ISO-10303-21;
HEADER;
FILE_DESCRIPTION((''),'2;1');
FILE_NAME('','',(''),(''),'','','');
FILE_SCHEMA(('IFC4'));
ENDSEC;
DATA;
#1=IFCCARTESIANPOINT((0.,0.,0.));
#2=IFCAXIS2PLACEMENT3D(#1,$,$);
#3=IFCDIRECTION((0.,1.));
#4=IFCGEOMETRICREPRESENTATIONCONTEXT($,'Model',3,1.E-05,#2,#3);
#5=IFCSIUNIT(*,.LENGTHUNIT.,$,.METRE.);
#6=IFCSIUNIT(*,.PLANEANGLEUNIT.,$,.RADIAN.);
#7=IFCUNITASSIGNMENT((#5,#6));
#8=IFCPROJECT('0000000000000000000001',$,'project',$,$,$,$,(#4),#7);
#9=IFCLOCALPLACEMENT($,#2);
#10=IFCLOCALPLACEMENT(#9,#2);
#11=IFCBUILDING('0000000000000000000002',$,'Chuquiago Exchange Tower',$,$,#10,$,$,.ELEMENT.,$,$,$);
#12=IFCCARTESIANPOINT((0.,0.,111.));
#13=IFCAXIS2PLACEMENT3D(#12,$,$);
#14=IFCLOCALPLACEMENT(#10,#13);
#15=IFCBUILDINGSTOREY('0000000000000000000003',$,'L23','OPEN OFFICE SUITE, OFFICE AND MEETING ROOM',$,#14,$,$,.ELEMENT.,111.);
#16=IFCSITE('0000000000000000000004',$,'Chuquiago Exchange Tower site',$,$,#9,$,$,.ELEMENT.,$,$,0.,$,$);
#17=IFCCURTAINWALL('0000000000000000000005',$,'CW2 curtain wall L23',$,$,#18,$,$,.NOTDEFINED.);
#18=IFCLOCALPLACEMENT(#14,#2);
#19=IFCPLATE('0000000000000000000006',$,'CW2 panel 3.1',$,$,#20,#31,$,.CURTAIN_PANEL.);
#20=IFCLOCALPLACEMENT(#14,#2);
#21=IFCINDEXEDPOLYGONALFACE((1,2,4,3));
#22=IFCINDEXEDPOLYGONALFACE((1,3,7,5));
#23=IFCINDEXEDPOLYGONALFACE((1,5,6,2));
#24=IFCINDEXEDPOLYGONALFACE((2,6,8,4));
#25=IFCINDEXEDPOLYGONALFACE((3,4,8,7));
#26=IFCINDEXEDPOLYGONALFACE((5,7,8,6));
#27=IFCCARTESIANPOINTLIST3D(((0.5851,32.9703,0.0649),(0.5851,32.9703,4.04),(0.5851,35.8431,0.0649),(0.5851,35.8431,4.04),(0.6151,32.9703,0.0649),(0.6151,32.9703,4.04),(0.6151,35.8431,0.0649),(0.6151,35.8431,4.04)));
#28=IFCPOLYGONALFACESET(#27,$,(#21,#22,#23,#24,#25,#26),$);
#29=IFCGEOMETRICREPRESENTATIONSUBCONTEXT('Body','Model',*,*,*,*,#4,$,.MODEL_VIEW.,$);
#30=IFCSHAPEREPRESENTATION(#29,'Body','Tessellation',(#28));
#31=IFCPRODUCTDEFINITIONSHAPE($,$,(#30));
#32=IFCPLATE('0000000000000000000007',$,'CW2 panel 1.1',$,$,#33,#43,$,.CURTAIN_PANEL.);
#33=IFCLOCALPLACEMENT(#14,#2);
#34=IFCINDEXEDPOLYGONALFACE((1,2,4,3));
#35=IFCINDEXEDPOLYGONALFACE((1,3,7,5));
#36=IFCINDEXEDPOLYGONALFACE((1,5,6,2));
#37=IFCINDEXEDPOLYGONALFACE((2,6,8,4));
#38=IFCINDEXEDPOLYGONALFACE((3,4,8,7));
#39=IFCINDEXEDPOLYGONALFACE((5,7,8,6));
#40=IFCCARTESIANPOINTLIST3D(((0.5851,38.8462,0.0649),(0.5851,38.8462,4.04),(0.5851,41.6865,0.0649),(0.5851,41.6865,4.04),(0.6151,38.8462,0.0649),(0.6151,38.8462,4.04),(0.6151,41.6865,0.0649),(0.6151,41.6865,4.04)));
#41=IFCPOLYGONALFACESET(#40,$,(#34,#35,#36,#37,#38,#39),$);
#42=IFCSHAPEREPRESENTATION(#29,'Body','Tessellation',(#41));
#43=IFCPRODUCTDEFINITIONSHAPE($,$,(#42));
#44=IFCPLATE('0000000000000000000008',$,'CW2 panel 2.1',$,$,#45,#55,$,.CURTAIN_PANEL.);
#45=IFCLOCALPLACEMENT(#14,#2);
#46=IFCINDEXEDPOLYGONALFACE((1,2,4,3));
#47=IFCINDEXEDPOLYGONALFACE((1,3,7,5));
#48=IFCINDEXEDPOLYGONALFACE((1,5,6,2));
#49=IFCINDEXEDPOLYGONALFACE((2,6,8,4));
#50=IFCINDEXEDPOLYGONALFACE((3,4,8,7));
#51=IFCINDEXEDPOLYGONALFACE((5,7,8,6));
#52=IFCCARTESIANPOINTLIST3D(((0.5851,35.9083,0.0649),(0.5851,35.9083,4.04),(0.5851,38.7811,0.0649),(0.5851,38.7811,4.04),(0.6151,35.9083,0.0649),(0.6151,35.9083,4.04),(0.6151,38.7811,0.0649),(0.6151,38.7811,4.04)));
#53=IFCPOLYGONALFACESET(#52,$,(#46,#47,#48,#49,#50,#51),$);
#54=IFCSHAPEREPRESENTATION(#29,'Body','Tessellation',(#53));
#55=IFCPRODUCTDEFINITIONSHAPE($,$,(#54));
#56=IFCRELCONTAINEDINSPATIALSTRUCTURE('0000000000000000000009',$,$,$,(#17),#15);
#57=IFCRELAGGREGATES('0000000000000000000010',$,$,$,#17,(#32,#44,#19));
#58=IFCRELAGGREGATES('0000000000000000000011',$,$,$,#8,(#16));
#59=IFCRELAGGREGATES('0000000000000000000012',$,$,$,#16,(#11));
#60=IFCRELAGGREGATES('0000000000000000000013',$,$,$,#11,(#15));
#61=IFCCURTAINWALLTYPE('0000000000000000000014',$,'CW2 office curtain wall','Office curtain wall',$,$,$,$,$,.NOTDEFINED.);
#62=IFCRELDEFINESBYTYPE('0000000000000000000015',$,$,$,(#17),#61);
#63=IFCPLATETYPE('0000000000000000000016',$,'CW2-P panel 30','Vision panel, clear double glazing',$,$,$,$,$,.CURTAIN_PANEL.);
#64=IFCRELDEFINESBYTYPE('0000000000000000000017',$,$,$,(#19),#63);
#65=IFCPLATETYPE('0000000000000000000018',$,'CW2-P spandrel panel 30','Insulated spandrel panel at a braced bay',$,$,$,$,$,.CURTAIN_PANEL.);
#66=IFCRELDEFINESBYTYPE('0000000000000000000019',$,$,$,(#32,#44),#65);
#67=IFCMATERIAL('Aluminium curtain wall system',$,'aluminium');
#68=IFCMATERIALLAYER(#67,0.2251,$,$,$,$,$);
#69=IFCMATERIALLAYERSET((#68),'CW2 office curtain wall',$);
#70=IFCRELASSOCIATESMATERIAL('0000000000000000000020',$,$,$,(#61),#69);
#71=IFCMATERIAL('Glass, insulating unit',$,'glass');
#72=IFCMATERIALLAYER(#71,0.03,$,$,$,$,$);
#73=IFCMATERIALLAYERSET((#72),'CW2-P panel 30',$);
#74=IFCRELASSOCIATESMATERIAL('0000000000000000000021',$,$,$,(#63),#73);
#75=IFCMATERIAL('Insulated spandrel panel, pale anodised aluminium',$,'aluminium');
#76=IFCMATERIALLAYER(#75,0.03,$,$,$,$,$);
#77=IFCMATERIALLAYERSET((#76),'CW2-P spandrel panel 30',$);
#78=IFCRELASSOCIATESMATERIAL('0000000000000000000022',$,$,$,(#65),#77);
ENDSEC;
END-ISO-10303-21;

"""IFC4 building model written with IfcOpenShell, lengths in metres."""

from ifc_helpers import new_model, si_unit, direction, frame, origin, origin_2d, place, context, subcontext, project, spatial, rectangle, extrude, material, layer, layer_set, type_object, element, aggregate, save


model = new_model("IFC4")

# Units and contexts
model_context = context("Model", 3, precision=1e-05, world=origin(), true_north=direction((0.0, 1.0)))
body_context = subcontext(model_context, "Body", "Model", "MODEL_VIEW")
ifc_project = project(units=[si_unit("LENGTHUNIT", "METRE"), si_unit("PLANEANGLEUNIT", "RADIAN")], contexts=[model_context])

# Site, building, storey
site_placement = place(None, origin())
site = spatial("IfcSite", under=ifc_project, at=site_placement, Name="Chuquiago Exchange Tower site", CompositionType="ELEMENT", RefElevation=0.0)
building_placement = place(site_placement, origin())
building = spatial("IfcBuilding", under=site, at=building_placement, Name="Chuquiago Exchange Tower", CompositionType="ELEMENT")
storey_placement = place(building_placement, frame((0.0, 0.0, 111.0)))
storey = spatial("IfcBuildingStorey", under=building, at=storey_placement, Name="L23", Description="OPEN OFFICE SUITE, OFFICE AND MEETING ROOM", CompositionType="ELEMENT", Elevation=111.0)

# Curtain wall
ifc_material_1 = material(Name="Aluminium curtain wall system", Category="aluminium")
ifc_layer_1 = layer(ifc_material_1, 0.2251)
ifc_layer_set_1 = layer_set([ifc_layer_1], Name="CW2 office curtain wall")
curtain_wall_type = type_object("IfcCurtainWallType", Name="CW2 office curtain wall", Description="Office curtain wall", PredefinedType="NOTDEFINED", material=ifc_layer_set_1)
curtain_wall_placement = place(storey_placement, origin())
curtain_wall = element("IfcCurtainWall", 1, at=curtain_wall_placement, inside=storey, type_object=curtain_wall_type, Name="CW2 curtain wall L23", PredefinedType="NOTDEFINED")

# Plates
ifc_material_2 = material(Name="Glass, insulating unit", Category="glass")
ifc_layer_2 = layer(ifc_material_2, 0.03)
ifc_layer_set_2 = layer_set([ifc_layer_2], Name="CW2-P panel 30")
plate_type_1 = type_object("IfcPlateType", Name="CW2-P panel 30", Description="Vision panel, clear double glazing", PredefinedType="CURTAIN_PANEL", material=ifc_layer_set_2)
plate_1_placement = place(storey_placement, frame((0.6001, 34.4067, 0.0649), z_axis=(0.0, 0.0, 1.0), x_axis=(0.0, -1.0, 0.0)))
plate_1 = element("IfcPlate", 2, at=plate_1_placement, type_object=plate_type_1, Name="CW2 panel 3.1", PredefinedType="CURTAIN_PANEL", context=body_context, shape_type="SweptSolid", body=[
    extrude(rectangle(XDim=2.8728, YDim=0.03, at=origin_2d()), origin(), (0.0, 0.0, 1.0), 3.9751),
])
ifc_material_3 = material(Name="Insulated spandrel panel, pale anodised aluminium", Category="aluminium")
ifc_layer_3 = layer(ifc_material_3, 0.03)
ifc_layer_set_3 = layer_set([ifc_layer_3], Name="CW2-P spandrel panel 30")
plate_type_2 = type_object("IfcPlateType", Name="CW2-P spandrel panel 30", Description="Insulated spandrel panel at a braced bay", PredefinedType="CURTAIN_PANEL", material=ifc_layer_set_3)
plate_2_placement = place(storey_placement, frame((0.6001, 40.2664, 0.0649), z_axis=(0.0, 0.0, 1.0), x_axis=(0.0, -1.0, 0.0)))
plate_2 = element("IfcPlate", 3, at=plate_2_placement, type_object=plate_type_2, Name="CW2 panel 1.1", PredefinedType="CURTAIN_PANEL", context=body_context, shape_type="SweptSolid", body=[
    extrude(rectangle(XDim=2.8403, YDim=0.03, at=origin_2d()), origin(), (0.0, 0.0, 1.0), 3.9751),
])
plate_3_placement = place(storey_placement, frame((0.6001, 37.3447, 0.0649), z_axis=(0.0, 0.0, 1.0), x_axis=(0.0, -1.0, 0.0)))
plate_3 = element("IfcPlate", 4, at=plate_3_placement, type_object=plate_type_2, Name="CW2 panel 2.1", PredefinedType="CURTAIN_PANEL", context=body_context, shape_type="SweptSolid", body=[
    extrude(rectangle(XDim=2.8728, YDim=0.03, at=origin_2d()), origin(), (0.0, 0.0, 1.0), 3.9751),
])
aggregate(curtain_wall, [plate_2, plate_3, plate_1])

save(model, "model.ifc")
